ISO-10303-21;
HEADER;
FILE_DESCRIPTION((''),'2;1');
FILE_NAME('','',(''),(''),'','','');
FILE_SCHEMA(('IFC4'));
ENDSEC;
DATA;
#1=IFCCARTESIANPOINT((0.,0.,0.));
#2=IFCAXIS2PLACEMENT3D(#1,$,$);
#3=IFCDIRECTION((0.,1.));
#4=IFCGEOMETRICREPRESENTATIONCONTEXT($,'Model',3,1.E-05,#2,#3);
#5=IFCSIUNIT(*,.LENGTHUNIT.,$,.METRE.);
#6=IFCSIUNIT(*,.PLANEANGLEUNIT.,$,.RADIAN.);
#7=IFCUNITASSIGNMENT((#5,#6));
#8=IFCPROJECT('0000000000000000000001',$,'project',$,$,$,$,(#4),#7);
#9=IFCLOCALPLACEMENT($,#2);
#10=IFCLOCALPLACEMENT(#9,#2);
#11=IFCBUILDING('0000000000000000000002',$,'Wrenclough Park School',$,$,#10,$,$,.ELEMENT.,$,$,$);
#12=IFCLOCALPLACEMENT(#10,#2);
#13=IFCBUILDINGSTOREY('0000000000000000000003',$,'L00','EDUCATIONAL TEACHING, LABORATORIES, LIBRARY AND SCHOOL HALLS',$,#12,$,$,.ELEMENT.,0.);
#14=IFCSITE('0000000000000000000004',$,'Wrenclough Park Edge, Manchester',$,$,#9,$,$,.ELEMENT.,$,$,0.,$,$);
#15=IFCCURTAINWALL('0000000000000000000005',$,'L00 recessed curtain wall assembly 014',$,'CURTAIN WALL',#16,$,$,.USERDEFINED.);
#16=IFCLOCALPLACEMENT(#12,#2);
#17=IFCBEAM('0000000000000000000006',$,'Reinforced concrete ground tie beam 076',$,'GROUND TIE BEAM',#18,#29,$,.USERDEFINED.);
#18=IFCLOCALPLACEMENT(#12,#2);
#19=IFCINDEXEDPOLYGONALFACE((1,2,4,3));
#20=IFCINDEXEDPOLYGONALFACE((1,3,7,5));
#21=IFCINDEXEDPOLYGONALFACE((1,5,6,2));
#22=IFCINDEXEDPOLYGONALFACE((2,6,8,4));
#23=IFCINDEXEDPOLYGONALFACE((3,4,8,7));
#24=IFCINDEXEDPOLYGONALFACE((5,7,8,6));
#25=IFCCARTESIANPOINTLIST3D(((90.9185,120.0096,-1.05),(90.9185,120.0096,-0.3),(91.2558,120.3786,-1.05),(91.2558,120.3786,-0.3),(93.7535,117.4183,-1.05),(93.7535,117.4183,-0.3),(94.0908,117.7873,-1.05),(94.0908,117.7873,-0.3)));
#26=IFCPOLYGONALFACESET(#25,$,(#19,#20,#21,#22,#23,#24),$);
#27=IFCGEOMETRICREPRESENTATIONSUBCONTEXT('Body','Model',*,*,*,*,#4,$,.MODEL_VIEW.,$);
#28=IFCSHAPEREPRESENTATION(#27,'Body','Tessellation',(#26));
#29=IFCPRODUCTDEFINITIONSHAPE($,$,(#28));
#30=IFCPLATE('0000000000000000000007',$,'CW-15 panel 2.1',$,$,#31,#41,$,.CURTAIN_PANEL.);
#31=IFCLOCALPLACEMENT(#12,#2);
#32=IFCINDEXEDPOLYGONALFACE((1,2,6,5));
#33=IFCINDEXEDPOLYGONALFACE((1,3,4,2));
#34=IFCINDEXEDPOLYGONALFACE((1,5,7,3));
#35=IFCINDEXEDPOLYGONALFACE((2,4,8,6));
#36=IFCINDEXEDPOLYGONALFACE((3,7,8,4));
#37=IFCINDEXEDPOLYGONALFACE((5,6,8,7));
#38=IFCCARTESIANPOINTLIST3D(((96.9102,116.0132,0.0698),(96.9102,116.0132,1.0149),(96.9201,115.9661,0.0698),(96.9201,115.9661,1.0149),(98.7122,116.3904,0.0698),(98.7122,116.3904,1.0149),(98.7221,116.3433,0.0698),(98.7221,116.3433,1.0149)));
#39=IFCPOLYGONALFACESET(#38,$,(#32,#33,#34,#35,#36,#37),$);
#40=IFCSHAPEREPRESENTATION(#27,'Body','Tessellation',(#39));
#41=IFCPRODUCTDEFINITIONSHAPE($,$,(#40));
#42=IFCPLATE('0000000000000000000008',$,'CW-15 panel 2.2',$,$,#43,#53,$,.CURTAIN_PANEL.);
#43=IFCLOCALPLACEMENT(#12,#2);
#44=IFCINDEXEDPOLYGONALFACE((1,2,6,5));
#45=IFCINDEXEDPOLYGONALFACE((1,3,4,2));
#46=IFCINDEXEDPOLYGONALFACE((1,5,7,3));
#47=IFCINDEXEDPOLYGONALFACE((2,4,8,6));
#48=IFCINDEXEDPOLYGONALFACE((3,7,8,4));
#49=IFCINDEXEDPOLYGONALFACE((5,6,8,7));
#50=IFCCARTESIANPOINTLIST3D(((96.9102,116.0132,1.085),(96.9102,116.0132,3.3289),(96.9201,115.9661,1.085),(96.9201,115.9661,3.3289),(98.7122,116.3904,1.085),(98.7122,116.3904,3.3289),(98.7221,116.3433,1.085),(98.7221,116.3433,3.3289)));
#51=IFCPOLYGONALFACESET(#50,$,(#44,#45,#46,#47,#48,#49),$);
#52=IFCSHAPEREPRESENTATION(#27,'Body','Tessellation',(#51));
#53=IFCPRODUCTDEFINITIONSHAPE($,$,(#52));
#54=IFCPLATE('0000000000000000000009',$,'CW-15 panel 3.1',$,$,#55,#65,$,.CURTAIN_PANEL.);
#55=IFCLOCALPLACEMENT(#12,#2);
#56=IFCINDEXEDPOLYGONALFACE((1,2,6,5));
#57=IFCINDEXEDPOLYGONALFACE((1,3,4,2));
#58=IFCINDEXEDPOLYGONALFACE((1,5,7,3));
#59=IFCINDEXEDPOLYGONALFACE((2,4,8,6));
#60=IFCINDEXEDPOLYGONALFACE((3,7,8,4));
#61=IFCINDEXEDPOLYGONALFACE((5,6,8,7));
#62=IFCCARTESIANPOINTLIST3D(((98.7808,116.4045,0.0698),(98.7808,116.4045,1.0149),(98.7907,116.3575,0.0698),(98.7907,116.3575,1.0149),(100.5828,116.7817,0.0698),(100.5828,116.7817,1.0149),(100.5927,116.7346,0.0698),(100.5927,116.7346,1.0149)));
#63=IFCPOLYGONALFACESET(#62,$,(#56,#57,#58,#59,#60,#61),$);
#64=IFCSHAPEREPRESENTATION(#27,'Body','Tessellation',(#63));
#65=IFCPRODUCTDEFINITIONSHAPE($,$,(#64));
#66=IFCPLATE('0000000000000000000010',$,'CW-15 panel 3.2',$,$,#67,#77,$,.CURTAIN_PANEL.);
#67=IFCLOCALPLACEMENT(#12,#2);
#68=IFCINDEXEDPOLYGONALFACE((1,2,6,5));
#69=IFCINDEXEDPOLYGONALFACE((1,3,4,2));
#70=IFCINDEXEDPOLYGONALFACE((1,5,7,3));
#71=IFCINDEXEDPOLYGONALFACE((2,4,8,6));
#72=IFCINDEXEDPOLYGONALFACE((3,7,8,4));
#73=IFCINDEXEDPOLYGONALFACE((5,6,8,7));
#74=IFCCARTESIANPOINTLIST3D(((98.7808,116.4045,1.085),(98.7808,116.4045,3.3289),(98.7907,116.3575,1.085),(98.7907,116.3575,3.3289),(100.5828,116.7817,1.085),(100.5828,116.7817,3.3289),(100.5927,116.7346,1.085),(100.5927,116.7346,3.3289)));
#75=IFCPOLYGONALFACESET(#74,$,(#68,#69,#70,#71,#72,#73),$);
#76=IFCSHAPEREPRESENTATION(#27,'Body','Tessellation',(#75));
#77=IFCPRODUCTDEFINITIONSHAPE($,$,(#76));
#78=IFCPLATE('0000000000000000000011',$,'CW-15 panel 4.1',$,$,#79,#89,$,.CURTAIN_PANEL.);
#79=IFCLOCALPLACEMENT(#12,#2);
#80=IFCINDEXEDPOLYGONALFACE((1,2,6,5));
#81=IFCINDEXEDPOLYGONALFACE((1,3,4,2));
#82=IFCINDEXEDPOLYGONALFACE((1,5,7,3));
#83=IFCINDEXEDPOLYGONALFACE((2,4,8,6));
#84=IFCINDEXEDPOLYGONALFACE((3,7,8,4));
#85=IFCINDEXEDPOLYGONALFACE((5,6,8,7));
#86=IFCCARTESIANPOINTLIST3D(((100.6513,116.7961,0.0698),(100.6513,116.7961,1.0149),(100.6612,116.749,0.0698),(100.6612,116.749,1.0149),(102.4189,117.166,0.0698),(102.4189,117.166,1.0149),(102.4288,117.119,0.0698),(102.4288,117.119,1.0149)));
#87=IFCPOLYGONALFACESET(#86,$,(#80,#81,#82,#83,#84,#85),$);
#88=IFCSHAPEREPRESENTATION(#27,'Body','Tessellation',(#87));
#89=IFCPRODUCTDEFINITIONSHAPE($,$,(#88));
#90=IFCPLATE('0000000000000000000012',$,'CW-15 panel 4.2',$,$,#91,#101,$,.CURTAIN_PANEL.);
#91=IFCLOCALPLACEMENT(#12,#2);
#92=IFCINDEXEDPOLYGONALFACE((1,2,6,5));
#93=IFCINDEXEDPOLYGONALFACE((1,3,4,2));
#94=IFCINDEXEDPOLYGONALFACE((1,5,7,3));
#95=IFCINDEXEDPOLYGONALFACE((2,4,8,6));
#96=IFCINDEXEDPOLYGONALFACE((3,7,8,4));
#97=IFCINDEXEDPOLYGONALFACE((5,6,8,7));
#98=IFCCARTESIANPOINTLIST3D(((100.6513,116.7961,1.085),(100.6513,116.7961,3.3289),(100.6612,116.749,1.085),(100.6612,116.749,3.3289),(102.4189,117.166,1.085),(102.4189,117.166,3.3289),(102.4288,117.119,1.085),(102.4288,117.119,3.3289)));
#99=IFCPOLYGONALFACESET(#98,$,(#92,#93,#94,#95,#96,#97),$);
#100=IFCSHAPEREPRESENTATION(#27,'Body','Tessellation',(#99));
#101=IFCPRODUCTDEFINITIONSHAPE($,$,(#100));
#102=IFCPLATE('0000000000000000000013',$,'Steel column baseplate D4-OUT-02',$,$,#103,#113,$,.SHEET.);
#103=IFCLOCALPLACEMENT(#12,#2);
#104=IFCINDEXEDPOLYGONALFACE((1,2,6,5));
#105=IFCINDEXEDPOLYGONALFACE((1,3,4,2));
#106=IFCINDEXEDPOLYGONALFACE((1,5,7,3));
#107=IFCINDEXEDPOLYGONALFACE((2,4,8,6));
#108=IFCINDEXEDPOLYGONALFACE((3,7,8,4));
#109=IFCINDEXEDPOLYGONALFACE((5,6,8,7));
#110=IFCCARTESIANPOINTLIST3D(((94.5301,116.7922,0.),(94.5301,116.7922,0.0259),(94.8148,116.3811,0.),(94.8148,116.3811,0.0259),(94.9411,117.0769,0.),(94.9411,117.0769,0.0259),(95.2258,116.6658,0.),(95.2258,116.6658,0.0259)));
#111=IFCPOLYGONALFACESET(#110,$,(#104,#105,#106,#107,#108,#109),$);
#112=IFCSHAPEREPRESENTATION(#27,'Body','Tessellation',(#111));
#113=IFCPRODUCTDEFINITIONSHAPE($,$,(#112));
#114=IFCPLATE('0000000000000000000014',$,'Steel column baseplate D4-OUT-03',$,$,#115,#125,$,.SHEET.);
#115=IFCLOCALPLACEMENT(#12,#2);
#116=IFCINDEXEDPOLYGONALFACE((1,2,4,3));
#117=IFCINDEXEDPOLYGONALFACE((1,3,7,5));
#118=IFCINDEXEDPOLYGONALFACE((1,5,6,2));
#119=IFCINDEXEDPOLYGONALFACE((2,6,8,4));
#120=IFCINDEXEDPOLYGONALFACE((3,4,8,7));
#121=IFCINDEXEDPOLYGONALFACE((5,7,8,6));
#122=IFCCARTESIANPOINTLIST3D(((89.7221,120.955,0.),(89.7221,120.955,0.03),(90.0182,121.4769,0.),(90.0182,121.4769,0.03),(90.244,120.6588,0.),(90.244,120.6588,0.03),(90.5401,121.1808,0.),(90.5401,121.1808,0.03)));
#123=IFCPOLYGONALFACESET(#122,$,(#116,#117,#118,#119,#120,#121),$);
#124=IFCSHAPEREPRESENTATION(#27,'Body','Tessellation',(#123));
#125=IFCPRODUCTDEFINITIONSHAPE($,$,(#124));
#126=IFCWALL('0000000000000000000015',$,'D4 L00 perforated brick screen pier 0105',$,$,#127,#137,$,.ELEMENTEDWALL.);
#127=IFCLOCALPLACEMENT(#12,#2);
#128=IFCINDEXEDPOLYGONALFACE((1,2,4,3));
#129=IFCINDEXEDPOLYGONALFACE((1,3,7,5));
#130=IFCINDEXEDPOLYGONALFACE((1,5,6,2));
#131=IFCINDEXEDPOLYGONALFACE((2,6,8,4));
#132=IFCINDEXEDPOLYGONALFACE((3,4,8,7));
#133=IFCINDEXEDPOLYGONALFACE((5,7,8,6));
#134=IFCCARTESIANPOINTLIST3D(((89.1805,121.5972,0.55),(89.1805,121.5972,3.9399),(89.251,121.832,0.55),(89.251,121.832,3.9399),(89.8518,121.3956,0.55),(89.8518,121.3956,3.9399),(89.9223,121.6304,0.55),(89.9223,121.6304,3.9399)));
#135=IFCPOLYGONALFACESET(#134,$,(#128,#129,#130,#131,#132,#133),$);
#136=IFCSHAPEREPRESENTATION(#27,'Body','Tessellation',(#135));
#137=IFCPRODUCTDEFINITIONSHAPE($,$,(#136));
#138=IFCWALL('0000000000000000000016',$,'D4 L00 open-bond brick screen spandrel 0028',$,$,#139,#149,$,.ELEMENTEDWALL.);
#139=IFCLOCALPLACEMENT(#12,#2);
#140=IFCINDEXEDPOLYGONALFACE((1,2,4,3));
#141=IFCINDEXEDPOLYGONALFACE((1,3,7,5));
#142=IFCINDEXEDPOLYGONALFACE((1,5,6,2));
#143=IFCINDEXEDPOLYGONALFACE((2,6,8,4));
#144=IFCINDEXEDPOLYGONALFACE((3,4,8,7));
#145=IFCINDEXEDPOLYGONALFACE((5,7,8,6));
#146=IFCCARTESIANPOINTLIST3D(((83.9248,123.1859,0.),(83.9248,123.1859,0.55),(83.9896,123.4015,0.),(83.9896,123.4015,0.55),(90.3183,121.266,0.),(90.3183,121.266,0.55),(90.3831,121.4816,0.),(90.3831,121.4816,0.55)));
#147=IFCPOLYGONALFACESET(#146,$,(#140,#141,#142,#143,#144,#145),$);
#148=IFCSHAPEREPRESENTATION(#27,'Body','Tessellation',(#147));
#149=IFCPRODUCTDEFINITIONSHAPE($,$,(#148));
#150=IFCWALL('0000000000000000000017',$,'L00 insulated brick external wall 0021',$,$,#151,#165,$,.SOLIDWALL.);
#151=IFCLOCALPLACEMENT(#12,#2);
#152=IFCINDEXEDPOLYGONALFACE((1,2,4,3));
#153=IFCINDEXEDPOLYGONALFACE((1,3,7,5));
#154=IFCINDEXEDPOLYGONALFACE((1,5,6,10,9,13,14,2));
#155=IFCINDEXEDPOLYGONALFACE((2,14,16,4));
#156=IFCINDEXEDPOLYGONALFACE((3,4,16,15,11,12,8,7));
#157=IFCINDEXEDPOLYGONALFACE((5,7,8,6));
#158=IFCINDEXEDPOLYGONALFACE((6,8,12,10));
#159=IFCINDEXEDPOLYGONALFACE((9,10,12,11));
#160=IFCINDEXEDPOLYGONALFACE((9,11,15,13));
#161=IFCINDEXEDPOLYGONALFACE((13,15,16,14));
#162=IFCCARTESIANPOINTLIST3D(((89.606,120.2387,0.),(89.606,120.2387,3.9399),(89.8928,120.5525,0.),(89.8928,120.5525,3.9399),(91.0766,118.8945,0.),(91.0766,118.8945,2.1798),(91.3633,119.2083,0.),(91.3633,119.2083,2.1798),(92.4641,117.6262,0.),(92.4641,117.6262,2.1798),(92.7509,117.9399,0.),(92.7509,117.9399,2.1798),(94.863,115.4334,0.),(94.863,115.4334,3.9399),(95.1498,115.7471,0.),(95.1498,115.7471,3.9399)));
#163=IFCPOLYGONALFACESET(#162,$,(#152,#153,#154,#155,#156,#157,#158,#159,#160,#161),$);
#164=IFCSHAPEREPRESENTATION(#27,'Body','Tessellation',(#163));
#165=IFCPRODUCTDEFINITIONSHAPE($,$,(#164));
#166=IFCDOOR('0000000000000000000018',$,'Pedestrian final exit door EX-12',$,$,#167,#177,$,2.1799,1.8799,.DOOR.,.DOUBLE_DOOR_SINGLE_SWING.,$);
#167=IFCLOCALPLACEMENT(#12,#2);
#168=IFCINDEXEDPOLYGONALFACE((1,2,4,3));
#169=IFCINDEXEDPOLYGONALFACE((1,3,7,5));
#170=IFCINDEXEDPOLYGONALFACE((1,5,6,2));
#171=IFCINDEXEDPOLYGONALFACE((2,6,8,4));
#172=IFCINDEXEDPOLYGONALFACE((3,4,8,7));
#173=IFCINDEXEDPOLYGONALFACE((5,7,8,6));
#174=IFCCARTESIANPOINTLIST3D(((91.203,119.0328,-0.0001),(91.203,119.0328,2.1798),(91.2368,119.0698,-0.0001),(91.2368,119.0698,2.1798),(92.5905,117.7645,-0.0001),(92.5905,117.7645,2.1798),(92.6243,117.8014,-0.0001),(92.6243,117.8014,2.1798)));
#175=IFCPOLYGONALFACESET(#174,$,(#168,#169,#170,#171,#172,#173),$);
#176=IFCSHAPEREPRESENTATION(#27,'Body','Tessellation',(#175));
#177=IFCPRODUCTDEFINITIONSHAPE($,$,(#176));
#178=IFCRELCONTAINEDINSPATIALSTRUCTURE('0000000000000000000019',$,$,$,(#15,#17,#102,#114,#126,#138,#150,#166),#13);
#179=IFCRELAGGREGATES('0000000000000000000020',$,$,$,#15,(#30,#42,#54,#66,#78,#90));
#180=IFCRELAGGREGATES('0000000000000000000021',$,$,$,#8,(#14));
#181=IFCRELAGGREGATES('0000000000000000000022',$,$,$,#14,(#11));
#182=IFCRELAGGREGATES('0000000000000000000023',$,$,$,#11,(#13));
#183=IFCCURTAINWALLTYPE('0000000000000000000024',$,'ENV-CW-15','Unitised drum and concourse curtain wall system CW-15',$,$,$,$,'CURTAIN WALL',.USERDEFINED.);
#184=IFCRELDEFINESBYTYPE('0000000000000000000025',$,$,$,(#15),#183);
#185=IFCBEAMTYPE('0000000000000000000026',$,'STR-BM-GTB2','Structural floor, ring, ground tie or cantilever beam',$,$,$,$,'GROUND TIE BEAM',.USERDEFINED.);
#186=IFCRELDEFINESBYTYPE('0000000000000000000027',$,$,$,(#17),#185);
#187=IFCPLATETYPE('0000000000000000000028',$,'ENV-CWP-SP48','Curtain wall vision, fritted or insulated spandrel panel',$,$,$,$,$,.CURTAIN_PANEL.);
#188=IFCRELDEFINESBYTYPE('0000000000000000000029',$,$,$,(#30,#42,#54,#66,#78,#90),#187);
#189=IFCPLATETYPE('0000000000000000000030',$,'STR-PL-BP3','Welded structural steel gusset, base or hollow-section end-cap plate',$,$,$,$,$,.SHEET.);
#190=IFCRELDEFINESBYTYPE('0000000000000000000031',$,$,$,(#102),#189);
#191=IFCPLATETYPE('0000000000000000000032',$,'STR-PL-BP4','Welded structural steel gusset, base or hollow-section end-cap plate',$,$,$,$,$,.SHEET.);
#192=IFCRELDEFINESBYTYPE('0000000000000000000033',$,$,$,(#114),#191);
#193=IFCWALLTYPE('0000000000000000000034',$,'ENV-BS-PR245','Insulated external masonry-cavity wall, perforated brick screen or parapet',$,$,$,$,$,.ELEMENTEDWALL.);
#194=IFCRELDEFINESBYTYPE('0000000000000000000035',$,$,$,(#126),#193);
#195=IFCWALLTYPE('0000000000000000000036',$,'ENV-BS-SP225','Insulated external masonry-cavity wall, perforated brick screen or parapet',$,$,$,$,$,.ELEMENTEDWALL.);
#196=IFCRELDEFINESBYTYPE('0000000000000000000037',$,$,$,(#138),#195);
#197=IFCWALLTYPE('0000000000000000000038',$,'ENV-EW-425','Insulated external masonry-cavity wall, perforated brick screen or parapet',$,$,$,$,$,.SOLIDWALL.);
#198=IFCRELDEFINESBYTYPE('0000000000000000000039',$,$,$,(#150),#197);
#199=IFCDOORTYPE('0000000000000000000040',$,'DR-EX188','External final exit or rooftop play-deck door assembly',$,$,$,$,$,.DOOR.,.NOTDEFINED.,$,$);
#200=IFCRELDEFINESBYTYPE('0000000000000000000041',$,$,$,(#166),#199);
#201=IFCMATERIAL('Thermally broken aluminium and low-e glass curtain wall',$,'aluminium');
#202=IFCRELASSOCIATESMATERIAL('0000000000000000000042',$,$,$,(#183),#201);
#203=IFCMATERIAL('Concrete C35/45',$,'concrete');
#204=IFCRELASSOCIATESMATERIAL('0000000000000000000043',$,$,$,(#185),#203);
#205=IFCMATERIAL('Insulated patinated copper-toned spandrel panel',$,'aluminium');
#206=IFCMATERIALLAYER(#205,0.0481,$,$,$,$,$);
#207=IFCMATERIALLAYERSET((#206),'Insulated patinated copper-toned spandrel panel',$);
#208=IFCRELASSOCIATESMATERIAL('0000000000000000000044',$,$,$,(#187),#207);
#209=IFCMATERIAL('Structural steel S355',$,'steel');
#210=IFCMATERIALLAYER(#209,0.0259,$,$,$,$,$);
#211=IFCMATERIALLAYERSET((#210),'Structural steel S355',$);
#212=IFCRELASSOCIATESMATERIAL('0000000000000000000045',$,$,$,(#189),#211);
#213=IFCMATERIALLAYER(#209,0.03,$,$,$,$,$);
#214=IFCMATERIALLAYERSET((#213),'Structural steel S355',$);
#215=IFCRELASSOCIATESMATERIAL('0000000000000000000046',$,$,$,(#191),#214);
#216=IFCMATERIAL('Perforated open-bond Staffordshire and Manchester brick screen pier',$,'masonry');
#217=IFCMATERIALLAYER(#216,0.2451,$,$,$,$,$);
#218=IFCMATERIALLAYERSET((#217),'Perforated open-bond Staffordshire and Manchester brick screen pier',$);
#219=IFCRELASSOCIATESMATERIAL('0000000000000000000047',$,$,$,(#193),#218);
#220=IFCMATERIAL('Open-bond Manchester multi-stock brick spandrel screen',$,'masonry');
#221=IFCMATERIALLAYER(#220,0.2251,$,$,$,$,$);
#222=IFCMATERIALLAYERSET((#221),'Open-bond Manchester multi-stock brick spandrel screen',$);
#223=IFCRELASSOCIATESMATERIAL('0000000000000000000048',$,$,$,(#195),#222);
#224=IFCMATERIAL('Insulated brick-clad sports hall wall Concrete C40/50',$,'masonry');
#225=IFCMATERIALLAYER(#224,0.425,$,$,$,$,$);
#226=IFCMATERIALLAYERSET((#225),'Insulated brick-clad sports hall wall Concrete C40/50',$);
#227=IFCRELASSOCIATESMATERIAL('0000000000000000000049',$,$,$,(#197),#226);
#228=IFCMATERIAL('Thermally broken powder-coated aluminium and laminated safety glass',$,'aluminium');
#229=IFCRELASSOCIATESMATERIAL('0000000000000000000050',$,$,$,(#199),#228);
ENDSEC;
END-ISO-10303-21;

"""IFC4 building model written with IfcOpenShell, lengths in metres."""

from ifc_helpers import new_model, si_unit, direction, frame, frame_2d, origin, origin_2d, place, context, subcontext, project, spatial, rectangle, extrude, material, layer, layer_set, material_profile, profile_set, type_object, element, fill, aggregate, save


model = new_model("IFC4")

# Units and contexts
model_context = context("Model", 3, precision=1e-05, world=origin(), true_north=direction((0.0, 1.0)))
body_context = subcontext(model_context, "Body", "Model", "MODEL_VIEW")
ifc_project = project(units=[si_unit("LENGTHUNIT", "METRE"), si_unit("PLANEANGLEUNIT", "RADIAN")], contexts=[model_context])

# Site, building, storey
site_placement = place(None, origin())
site = spatial("IfcSite", under=ifc_project, at=site_placement, Name="Wrenclough Park Edge, Manchester", CompositionType="ELEMENT", RefElevation=0.0)
building_placement = place(site_placement, origin())
building = spatial("IfcBuilding", under=site, at=building_placement, Name="Wrenclough Park School", CompositionType="ELEMENT")
storey_placement = place(building_placement, origin())
storey = spatial("IfcBuildingStorey", under=building, at=storey_placement, Name="L00", Description="EDUCATIONAL TEACHING, LABORATORIES, LIBRARY AND SCHOOL HALLS", CompositionType="ELEMENT", Elevation=0.0)

# Shared definitions
ifc_material_1 = material(Name="Concrete C35/45", Category="concrete")

# Shared definitions
ifc_material_2 = material(Name="Structural steel S355", Category="steel")

# Shared definitions
ifc_material_3 = material(Name="Thermally broken aluminium and low-e glass curtain wall", Category="aluminium")

# Curtain wall
curtain_wall_type_1 = type_object("IfcCurtainWallType", Name="ENV-CW-15", Description="Unitised drum and concourse curtain wall system CW-15", ElementType="CURTAIN WALL", PredefinedType="USERDEFINED", material=ifc_material_3)
curtain_wall_1_placement = place(storey_placement, origin())
curtain_wall_1 = element("IfcCurtainWall", 1, at=curtain_wall_1_placement, inside=storey, type_object=curtain_wall_type_1, Name="L00 recessed curtain wall assembly 014", ObjectType="CURTAIN WALL", PredefinedType="USERDEFINED")

# Beam
ifc_material_profile_1 = material_profile(ifc_material_1, rectangle(XDim=0.5, YDim=0.75, at=origin_2d()), Name="RC GROUND 500x750")
ifc_profile_set_1 = profile_set([ifc_material_profile_1], Name="Concrete C35/45")
beam_type = type_object("IfcBeamType", Name="STR-BM-GTB2", Description="Structural floor, ring, ground tie or cantilever beam", ElementType="GROUND TIE BEAM", PredefinedType="USERDEFINED", material=ifc_profile_set_1)
beam_placement = place(storey_placement, frame((93.9221, 117.6028, -0.675), z_axis=(-0.738114, 0.674676, 0.0), x_axis=(-0.674676, -0.738114, 0.0)))
element("IfcBeam", 2, at=beam_placement, inside=storey, type_object=beam_type, Name="Reinforced concrete ground tie beam 076", ObjectType="GROUND TIE BEAM", PredefinedType="USERDEFINED", context=body_context, shape_type="SweptSolid", body=[
    extrude(rectangle(XDim=0.5, YDim=0.75, at=origin_2d()), origin(), (0.0, 0.0, 1.0), 3.8408),
])

# Plates
ifc_material_4 = material(Name="Insulated patinated copper-toned spandrel panel", Category="aluminium")
ifc_layer_1 = layer(ifc_material_4, 0.0481)
ifc_layer_set_1 = layer_set([ifc_layer_1], Name="Insulated patinated copper-toned spandrel panel")
plate_type_1 = type_object("IfcPlateType", Name="ENV-CWP-SP48", Description="Curtain wall vision, fritted or insulated spandrel panel", PredefinedType="CURTAIN_PANEL", material=ifc_layer_set_1)
plate_1_placement = place(storey_placement, frame((97.8162, 116.1782, 0.0698), z_axis=(0.0, 0.0, 1.0), x_axis=(0.978789, 0.204871, 0.0)))
plate_1 = element("IfcPlate", 3, at=plate_1_placement, type_object=plate_type_1, Name="CW-15 panel 2.1", PredefinedType="CURTAIN_PANEL", context=body_context, shape_type="SweptSolid", body=[
    extrude(rectangle(XDim=1.8411, YDim=0.0481, at=origin_2d()), origin(), (0.0, 0.0, 1.0), 0.9451),
])
plate_2_placement = place(storey_placement, frame((97.8162, 116.1782, 1.085), z_axis=(0.0, 0.0, 1.0), x_axis=(0.978789, 0.204871, 0.0)))
plate_2 = element("IfcPlate", 4, at=plate_2_placement, type_object=plate_type_1, Name="CW-15 panel 2.2", PredefinedType="CURTAIN_PANEL", context=body_context, shape_type="SweptSolid", body=[
    extrude(rectangle(XDim=1.8411, YDim=0.0481, at=origin_2d()), origin(), (0.0, 0.0, 1.0), 2.2439),
])
plate_3_placement = place(storey_placement, frame((99.6868, 116.5696, 0.0698), z_axis=(0.0, 0.0, 1.0), x_axis=(0.978789, 0.204871, 0.0)))
plate_3 = element("IfcPlate", 5, at=plate_3_placement, type_object=plate_type_1, Name="CW-15 panel 3.1", PredefinedType="CURTAIN_PANEL", context=body_context, shape_type="SweptSolid", body=[
    extrude(rectangle(XDim=1.8411, YDim=0.0481, at=origin_2d()), origin(), (0.0, 0.0, 1.0), 0.9451),
])
plate_4_placement = place(storey_placement, frame((99.6868, 116.5696, 1.085), z_axis=(0.0, 0.0, 1.0), x_axis=(0.978789, 0.204871, 0.0)))
plate_4 = element("IfcPlate", 6, at=plate_4_placement, type_object=plate_type_1, Name="CW-15 panel 3.2", PredefinedType="CURTAIN_PANEL", context=body_context, shape_type="SweptSolid", body=[
    extrude(rectangle(XDim=1.8411, YDim=0.0481, at=origin_2d()), origin(), (0.0, 0.0, 1.0), 2.2439),
])
plate_5_placement = place(storey_placement, frame((101.54, 116.9575, 0.0698), z_axis=(0.0, 0.0, 1.0), x_axis=(0.978789, 0.204871, 0.0)))
plate_5 = element("IfcPlate", 7, at=plate_5_placement, type_object=plate_type_1, Name="CW-15 panel 4.1", PredefinedType="CURTAIN_PANEL", context=body_context, shape_type="SweptSolid", body=[
    extrude(rectangle(XDim=1.8059, YDim=0.0481, at=origin_2d()), origin(), (0.0, 0.0, 1.0), 0.9451),
])
plate_6_placement = place(storey_placement, frame((101.54, 116.9575, 1.085), z_axis=(0.0, 0.0, 1.0), x_axis=(0.978789, 0.204871, 0.0)))
plate_6 = element("IfcPlate", 8, at=plate_6_placement, type_object=plate_type_1, Name="CW-15 panel 4.2", PredefinedType="CURTAIN_PANEL", context=body_context, shape_type="SweptSolid", body=[
    extrude(rectangle(XDim=1.8059, YDim=0.0481, at=origin_2d()), origin(), (0.0, 0.0, 1.0), 2.2439),
])
aggregate(curtain_wall_1, [plate_1, plate_2, plate_3, plate_4, plate_5, plate_6])

# Plates
ifc_layer_2 = layer(ifc_material_2, 0.0259)
ifc_layer_set_2 = layer_set([ifc_layer_2], Name="Structural steel S355")
plate_type_2 = type_object("IfcPlateType", Name="STR-PL-BP3", Description="Welded structural steel gusset, base or hollow-section end-cap plate", PredefinedType="SHEET", material=ifc_layer_set_2)
plate_7_placement = place(storey_placement, frame((94.8779, 116.729, 0.0), z_axis=(0.0, 0.0, 1.0), x_axis=(-0.569423, 0.822045, 0.0)))
element("IfcPlate", 9, at=plate_7_placement, inside=storey, type_object=plate_type_2, Name="Steel column baseplate D4-OUT-02", PredefinedType="SHEET", context=body_context, shape_type="SweptSolid", body=[
    extrude(rectangle(XDim=0.5, YDim=0.5, at=origin_2d()), origin(), (0.0, 0.0, 1.0), 0.0259),
])
ifc_layer_3 = layer(ifc_material_2, 0.03)
ifc_layer_set_3 = layer_set([ifc_layer_3], Name="Structural steel S355")
plate_type_3 = type_object("IfcPlateType", Name="STR-PL-BP4", Description="Welded structural steel gusset, base or hollow-section end-cap plate", PredefinedType="SHEET", material=ifc_layer_set_3)
plate_8_placement = place(storey_placement, frame((90.1311, 121.0679, 0.0), z_axis=(0.0, 0.0, 1.0), x_axis=(-0.869753, 0.493487, 0.0)))
element("IfcPlate", 10, at=plate_8_placement, inside=storey, type_object=plate_type_3, Name="Steel column baseplate D4-OUT-03", PredefinedType="SHEET", context=body_context, shape_type="SweptSolid", body=[
    extrude(rectangle(XDim=0.6001, YDim=0.6001, at=origin_2d()), origin(), (0.0, 0.0, 1.0), 0.03),
])

# Walls
ifc_material_5 = material(Name="Perforated open-bond Staffordshire and Manchester brick screen pier", Category="masonry")
ifc_layer_4 = layer(ifc_material_5, 0.2451)
ifc_layer_set_4 = layer_set([ifc_layer_4], Name="Perforated open-bond Staffordshire and Manchester brick screen pier")
wall_type_1 = type_object("IfcWallType", Name="ENV-BS-PR245", Description="Insulated external masonry-cavity wall, perforated brick screen or parapet", PredefinedType="ELEMENTEDWALL", material=ifc_layer_set_4)
wall_1_placement = place(storey_placement, frame((89.8872, 121.5129, 0.55), z_axis=(0.0, 0.0, 1.0), x_axis=(-0.95773, 0.287667, 0.0)))
element("IfcWall", 11, at=wall_1_placement, inside=storey, type_object=wall_type_1, Name="D4 L00 perforated brick screen pier 0105", PredefinedType="ELEMENTEDWALL", context=body_context, shape_type="SweptSolid", body=[
    extrude(rectangle(XDim=0.7009, YDim=0.2451, at=frame_2d((0.3506, 0.0))), origin(), (0.0, 0.0, 1.0), 3.3899),
])
ifc_material_6 = material(Name="Open-bond Manchester multi-stock brick spandrel screen", Category="masonry")
ifc_layer_5 = layer(ifc_material_6, 0.2251)
ifc_layer_set_5 = layer_set([ifc_layer_5], Name="Open-bond Manchester multi-stock brick spandrel screen")
wall_type_2 = type_object("IfcWallType", Name="ENV-BS-SP225", Description="Insulated external masonry-cavity wall, perforated brick screen or parapet", PredefinedType="ELEMENTEDWALL", material=ifc_layer_set_5)
wall_2_placement = place(storey_placement, frame((90.3508, 121.3738, 0.0), z_axis=(0.0, 0.0, 1.0), x_axis=(-0.95775, 0.287603, 0.0)))
element("IfcWall", 12, at=wall_2_placement, inside=storey, type_object=wall_type_2, Name="D4 L00 open-bond brick screen spandrel 0028", PredefinedType="ELEMENTEDWALL", context=body_context, shape_type="SweptSolid", body=[
    extrude(rectangle(XDim=6.6755, YDim=0.2251, at=frame_2d((3.3379, 0.0))), origin(), (0.0, 0.0, 1.0), 0.55),
])

# Wall, opening, door
ifc_material_7 = material(Name="Insulated brick-clad sports hall wall Concrete C40/50", Category="masonry")
ifc_layer_6 = layer(ifc_material_7, 0.425)
ifc_layer_set_6 = layer_set([ifc_layer_6], Name="Insulated brick-clad sports hall wall Concrete C40/50")
wall_type_3 = type_object("IfcWallType", Name="ENV-EW-425", Description="Insulated external masonry-cavity wall, perforated brick screen or parapet", PredefinedType="SOLIDWALL", material=ifc_layer_set_6)
wall_3_placement = place(storey_placement, frame((89.7495, 120.3955, 0.0), z_axis=(0.0, 0.0, 1.0), x_axis=(0.738102, -0.674689, 0.0)))
wall_3 = element("IfcWall", 13, at=wall_3_placement, inside=storey, type_object=wall_type_3, Name="L00 insulated brick external wall 0021", PredefinedType="SOLIDWALL", context=body_context, shape_type="SweptSolid", body=[
    extrude(rectangle(XDim=7.1223, YDim=0.425, at=frame_2d((3.561, 0.0))), origin(), (0.0, 0.0, 1.0), 3.9399),
])
opening_1_placement = place(wall_3_placement, frame((1.9922, 0.0, 0.0)))
opening_1 = element("IfcOpeningElement", 14, at=opening_1_placement, cuts=wall_3, PredefinedType="OPENING", context=body_context, shape_type="SweptSolid", body=[
    extrude(rectangle(XDim=1.8799, YDim=2.1799, at=frame_2d((0.9399, 1.0898))), frame((0.0, 0.2224, 0.0), z_axis=(0.0, -1.0, 0.0), x_axis=(1.0, 0.0, 0.0)), (0.0, 0.0, 1.0), 0.4451),
])
ifc_material_8 = material(Name="Thermally broken powder-coated aluminium and laminated safety glass", Category="aluminium")
door_type_1 = type_object("IfcDoorType", Name="DR-EX188", Description="External final exit or rooftop play-deck door assembly", OperationType="NOTDEFINED", PredefinedType="DOOR", material=ifc_material_8)
door_1_placement = place(opening_1_placement, origin())
door_1 = element("IfcDoor", 15, at=door_1_placement, inside=storey, type_object=door_type_1, Name="Pedestrian final exit door EX-12", OperationType="DOUBLE_DOOR_SINGLE_SWING", OverallHeight=2.1799, OverallWidth=1.8799, PredefinedType="DOOR", context=body_context, shape_type="SweptSolid", body=[
    extrude(rectangle(XDim=1.8799, YDim=2.1799, at=frame_2d((0.9399, 1.0898))), frame((0.0, 0.0249, 0.0), z_axis=(0.0, -1.0, 0.0), x_axis=(1.0, 0.0, 0.0)), (0.0, 0.0, 1.0), 0.05),
])
fill(opening_1, door_1)

save(model, "model.ifc")
